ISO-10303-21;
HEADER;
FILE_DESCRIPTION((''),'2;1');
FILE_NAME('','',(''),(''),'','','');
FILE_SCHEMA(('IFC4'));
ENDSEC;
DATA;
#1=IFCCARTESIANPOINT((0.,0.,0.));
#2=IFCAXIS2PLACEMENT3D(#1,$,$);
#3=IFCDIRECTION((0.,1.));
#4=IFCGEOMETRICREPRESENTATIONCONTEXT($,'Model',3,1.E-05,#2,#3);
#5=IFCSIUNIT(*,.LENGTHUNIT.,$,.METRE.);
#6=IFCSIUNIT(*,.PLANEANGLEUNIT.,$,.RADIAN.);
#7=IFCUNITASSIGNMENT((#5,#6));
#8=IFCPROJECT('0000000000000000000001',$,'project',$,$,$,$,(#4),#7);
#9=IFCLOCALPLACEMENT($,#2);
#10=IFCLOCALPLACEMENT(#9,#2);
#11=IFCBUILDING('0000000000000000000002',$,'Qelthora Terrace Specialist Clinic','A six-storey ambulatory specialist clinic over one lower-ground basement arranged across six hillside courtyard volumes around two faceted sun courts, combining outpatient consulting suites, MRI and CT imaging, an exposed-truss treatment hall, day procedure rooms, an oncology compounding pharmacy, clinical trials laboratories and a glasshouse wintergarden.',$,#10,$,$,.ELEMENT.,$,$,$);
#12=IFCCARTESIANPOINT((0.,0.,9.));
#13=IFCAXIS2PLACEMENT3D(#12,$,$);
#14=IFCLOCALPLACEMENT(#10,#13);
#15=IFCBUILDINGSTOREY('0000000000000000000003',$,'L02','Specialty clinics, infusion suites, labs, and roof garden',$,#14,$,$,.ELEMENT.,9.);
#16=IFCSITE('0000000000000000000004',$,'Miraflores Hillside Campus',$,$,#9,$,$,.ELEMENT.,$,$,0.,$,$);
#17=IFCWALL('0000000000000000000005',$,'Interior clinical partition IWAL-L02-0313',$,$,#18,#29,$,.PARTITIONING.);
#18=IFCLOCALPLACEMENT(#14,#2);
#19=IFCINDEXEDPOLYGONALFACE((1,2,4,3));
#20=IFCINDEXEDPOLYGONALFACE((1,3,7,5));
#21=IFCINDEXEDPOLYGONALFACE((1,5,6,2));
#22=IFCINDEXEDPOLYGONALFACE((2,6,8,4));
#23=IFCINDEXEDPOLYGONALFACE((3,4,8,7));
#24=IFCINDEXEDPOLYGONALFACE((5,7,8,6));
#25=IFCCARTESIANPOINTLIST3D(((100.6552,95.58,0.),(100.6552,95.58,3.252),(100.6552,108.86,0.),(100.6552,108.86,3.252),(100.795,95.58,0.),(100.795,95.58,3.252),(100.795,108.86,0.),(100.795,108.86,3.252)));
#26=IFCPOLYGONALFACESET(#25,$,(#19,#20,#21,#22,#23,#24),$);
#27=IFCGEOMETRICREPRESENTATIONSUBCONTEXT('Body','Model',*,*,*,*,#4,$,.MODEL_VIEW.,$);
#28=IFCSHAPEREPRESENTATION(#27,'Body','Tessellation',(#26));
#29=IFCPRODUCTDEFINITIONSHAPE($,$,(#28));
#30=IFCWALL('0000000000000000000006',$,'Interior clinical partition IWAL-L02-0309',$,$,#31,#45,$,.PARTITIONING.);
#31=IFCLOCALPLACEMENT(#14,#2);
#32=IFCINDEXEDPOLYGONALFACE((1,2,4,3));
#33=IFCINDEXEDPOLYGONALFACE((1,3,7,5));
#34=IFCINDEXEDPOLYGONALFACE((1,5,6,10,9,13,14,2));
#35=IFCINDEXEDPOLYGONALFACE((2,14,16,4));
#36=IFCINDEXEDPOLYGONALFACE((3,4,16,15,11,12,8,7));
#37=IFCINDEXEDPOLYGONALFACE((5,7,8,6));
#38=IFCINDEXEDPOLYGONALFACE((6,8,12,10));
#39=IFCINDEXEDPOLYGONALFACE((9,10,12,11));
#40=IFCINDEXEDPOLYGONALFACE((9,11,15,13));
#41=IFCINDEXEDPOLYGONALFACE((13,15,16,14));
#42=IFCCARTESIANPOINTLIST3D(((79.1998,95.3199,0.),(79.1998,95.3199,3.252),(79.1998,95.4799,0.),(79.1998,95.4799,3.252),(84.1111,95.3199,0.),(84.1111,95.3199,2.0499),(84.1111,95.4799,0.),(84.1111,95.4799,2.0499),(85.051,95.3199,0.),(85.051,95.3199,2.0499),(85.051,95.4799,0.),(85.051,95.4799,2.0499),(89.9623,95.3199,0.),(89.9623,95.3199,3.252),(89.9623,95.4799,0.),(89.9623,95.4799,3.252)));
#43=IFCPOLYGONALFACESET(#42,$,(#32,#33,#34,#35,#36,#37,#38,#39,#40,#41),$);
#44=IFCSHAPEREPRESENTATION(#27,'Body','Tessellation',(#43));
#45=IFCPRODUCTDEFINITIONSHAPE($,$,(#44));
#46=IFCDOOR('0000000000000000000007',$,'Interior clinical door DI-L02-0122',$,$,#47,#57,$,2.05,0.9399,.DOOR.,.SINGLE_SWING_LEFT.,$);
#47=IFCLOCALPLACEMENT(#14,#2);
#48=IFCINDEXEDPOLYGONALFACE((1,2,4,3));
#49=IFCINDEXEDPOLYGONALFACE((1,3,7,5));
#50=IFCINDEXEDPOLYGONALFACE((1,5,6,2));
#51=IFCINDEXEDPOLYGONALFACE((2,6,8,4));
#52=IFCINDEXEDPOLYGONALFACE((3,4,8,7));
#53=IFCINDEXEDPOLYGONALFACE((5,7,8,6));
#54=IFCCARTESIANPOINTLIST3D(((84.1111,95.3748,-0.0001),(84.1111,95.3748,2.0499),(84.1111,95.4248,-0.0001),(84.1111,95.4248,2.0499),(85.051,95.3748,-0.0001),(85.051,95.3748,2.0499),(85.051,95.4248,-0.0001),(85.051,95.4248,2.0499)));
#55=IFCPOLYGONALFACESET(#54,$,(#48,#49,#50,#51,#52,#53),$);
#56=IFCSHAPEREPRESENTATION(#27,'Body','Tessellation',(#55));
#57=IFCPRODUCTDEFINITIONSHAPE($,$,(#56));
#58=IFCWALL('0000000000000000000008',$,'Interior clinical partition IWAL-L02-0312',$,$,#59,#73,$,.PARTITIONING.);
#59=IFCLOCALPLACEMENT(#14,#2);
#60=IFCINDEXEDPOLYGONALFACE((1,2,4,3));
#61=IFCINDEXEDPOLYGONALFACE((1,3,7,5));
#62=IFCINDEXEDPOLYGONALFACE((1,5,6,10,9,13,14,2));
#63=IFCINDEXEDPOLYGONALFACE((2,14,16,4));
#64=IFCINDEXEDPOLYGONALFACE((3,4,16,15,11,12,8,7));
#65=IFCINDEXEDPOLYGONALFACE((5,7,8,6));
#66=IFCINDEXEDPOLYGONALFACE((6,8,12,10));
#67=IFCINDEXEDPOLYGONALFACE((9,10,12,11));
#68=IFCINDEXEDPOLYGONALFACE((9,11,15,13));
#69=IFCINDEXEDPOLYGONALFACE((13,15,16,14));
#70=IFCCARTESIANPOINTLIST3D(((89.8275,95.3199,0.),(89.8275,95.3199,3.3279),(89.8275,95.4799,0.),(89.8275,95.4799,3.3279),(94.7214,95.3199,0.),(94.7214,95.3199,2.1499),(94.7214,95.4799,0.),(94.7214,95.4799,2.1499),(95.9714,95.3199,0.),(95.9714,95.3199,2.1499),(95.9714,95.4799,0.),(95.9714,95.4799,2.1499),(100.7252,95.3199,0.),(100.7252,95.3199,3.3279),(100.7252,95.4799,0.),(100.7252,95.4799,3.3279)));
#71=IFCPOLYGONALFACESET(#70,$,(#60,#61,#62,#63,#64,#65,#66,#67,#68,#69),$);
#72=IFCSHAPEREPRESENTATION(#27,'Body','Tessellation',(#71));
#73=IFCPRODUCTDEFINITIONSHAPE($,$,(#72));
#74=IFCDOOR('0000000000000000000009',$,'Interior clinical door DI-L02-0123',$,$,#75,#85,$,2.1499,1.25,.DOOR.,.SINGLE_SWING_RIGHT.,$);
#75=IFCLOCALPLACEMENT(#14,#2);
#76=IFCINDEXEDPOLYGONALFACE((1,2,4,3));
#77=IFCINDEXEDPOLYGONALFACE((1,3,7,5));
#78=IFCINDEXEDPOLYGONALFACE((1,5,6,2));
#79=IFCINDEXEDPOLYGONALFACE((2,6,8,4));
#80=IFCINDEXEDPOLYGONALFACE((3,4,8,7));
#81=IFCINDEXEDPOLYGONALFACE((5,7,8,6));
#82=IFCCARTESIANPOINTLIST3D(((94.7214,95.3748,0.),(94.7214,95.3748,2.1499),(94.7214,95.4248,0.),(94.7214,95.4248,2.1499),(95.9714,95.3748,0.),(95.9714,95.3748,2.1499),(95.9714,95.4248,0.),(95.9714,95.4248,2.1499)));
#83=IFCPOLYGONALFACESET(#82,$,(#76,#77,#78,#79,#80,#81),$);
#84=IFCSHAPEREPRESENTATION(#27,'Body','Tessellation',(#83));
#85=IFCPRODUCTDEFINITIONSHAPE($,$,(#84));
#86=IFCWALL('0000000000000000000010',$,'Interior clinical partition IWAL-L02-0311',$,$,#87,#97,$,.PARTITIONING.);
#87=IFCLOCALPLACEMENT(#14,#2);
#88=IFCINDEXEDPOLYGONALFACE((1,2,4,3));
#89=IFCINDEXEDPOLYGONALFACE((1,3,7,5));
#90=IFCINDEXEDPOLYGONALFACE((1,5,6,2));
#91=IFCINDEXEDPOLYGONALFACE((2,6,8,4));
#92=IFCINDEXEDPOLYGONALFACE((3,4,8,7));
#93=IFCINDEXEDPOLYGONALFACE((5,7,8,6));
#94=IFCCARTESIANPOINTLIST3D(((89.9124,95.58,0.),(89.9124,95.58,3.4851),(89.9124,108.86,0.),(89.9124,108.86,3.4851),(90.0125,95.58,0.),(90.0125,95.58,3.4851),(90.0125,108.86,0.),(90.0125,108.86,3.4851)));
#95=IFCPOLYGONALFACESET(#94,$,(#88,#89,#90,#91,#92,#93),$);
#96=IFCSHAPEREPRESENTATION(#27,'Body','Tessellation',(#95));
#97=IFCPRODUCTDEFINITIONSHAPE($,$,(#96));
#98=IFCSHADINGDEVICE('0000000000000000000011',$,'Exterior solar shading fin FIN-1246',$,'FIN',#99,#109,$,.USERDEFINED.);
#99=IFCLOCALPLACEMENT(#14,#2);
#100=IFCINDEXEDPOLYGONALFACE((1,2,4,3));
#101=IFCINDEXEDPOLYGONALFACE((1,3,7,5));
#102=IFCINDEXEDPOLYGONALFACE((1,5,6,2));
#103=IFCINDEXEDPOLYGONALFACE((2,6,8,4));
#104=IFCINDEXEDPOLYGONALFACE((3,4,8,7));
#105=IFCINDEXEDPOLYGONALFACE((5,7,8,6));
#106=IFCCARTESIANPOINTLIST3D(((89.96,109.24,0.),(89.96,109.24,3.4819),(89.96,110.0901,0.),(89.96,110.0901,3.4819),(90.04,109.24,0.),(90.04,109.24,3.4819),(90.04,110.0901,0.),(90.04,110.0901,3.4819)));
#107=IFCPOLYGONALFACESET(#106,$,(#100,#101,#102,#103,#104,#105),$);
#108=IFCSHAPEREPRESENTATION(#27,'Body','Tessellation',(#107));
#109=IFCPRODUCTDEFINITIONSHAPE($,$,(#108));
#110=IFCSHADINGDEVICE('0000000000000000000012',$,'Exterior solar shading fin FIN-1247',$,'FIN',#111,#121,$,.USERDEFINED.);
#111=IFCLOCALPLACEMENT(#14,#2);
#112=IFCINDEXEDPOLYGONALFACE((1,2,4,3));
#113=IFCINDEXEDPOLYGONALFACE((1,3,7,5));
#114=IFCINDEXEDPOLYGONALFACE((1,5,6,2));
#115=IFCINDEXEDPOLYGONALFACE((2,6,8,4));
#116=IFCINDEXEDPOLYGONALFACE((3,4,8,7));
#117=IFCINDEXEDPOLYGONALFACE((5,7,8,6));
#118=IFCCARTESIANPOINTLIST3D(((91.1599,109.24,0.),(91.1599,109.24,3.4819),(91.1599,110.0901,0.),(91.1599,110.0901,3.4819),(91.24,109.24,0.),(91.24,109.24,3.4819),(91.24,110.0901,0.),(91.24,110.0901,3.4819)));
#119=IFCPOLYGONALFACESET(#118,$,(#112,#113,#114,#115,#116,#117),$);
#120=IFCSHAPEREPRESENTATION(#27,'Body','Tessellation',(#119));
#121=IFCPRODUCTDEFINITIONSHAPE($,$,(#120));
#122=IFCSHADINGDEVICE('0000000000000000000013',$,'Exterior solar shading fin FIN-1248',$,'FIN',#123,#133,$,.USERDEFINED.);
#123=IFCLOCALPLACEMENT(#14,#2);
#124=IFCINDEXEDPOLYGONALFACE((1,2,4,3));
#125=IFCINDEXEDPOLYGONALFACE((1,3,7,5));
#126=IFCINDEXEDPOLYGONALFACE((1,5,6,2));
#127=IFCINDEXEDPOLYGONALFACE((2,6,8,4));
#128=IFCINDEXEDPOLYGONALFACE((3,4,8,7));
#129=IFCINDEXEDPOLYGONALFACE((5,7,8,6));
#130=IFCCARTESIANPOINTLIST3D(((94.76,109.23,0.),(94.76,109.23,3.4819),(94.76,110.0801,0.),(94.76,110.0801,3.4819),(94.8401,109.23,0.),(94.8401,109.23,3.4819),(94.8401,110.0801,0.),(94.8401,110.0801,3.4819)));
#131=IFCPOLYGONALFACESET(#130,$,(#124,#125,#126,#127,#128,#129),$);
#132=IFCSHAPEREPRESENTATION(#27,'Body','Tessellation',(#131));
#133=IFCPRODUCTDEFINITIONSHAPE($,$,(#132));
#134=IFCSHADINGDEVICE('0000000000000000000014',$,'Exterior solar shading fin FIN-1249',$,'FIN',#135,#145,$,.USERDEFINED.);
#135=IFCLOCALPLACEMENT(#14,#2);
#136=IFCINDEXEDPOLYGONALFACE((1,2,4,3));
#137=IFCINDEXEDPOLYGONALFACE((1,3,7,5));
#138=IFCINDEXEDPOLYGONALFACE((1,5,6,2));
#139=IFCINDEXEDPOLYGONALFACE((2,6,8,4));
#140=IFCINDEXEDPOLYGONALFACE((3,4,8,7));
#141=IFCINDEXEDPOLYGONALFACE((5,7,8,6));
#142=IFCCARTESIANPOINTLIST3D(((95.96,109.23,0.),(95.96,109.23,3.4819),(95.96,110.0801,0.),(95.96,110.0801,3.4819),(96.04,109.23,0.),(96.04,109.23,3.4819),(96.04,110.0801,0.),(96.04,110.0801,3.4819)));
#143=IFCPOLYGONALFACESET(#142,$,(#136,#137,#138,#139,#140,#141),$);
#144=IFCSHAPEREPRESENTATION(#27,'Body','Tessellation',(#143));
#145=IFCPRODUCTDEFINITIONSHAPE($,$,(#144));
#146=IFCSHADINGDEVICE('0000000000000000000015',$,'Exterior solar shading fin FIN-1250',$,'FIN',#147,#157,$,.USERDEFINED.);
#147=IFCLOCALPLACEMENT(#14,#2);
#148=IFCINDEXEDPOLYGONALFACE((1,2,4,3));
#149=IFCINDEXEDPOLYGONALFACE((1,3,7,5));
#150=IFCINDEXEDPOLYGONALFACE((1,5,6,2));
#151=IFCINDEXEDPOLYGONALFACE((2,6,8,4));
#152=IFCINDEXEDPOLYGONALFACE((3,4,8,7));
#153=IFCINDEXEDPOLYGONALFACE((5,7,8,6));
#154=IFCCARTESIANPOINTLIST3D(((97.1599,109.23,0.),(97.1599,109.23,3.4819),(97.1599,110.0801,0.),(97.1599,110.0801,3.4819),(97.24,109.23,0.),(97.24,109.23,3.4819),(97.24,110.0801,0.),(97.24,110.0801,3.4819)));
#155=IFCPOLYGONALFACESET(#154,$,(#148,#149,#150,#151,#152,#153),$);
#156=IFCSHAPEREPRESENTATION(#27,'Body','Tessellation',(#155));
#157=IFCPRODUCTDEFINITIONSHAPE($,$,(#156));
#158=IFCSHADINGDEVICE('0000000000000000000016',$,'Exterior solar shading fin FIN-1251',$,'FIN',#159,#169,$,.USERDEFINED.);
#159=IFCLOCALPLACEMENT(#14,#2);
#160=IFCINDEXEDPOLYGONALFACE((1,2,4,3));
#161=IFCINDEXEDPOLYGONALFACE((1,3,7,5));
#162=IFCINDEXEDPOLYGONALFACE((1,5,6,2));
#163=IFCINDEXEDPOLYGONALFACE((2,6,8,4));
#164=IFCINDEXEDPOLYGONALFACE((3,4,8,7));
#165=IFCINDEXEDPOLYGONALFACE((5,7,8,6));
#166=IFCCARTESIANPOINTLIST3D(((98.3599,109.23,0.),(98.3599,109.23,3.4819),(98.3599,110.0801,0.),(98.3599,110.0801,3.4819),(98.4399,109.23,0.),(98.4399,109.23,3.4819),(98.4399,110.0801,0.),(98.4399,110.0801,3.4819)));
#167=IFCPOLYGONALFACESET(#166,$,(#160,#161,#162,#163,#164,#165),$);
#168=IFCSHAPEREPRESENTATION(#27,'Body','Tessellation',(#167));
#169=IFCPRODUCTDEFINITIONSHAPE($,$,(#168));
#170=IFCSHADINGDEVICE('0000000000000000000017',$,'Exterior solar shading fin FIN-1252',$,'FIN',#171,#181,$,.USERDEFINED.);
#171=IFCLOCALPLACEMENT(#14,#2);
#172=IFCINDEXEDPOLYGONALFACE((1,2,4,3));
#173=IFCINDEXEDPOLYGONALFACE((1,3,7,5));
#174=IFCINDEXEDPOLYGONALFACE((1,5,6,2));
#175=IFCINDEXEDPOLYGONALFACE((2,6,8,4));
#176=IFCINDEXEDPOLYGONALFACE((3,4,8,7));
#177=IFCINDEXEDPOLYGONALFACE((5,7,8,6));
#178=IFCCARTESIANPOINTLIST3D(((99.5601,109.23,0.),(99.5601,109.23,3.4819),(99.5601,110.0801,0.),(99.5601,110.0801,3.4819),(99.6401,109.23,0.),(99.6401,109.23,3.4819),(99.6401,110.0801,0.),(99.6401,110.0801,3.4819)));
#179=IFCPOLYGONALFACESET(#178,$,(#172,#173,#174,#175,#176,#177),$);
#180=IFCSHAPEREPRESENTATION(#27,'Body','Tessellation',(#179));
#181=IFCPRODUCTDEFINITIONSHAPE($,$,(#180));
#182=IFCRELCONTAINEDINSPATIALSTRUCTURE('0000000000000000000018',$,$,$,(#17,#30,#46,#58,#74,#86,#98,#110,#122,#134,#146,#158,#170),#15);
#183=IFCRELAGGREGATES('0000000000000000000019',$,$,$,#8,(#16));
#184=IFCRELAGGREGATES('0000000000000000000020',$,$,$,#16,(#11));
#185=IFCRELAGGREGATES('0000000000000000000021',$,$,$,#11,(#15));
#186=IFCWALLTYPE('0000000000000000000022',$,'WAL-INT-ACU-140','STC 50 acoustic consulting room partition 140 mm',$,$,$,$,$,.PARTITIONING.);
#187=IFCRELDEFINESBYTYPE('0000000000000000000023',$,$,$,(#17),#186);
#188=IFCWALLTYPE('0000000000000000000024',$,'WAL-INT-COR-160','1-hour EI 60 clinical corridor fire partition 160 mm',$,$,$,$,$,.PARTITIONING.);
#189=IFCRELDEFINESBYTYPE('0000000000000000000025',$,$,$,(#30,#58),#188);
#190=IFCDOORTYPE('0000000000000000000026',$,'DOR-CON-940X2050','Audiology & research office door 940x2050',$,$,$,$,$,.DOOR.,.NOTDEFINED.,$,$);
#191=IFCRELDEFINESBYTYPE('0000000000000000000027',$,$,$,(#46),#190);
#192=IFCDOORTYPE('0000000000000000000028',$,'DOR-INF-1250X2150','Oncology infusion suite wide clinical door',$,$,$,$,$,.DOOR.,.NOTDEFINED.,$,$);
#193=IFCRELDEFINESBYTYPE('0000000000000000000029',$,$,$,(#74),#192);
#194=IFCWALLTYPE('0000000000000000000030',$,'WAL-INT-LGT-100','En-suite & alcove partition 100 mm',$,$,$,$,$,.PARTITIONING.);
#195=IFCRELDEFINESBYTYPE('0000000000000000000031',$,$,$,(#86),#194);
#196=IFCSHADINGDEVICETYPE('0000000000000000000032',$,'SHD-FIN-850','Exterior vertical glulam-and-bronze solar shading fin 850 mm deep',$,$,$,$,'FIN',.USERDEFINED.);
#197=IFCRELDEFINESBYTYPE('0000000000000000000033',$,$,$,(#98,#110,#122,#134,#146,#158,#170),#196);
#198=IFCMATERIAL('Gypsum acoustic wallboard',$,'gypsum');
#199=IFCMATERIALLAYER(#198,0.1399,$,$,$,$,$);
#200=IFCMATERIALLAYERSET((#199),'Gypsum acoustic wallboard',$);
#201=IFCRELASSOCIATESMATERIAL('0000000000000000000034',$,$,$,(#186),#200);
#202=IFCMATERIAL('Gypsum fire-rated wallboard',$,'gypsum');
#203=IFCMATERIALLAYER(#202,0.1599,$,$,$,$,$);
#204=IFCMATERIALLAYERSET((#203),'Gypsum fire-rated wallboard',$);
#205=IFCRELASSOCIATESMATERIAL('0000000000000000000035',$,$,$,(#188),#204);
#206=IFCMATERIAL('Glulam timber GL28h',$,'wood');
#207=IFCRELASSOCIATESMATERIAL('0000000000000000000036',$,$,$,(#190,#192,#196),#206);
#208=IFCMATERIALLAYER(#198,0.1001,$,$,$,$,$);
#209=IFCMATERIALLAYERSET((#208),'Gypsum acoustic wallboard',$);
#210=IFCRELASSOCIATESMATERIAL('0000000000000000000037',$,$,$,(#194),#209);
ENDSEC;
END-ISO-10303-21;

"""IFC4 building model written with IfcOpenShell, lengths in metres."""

from ifc_helpers import new_model, si_unit, direction, frame, frame_2d, origin, origin_2d, place, context, subcontext, project, spatial, rectangle, extrude, material, layer, layer_set, type_object, element, fill, save


model = new_model("IFC4")

# Units and contexts
model_context = context("Model", 3, precision=1e-05, world=origin(), true_north=direction((0.0, 1.0)))
body_context = subcontext(model_context, "Body", "Model", "MODEL_VIEW")
ifc_project = project(units=[si_unit("LENGTHUNIT", "METRE"), si_unit("PLANEANGLEUNIT", "RADIAN")], contexts=[model_context])

# Site, building, storey
site_placement = place(None, origin())
site = spatial("IfcSite", under=ifc_project, at=site_placement, Name="Miraflores Hillside Campus", CompositionType="ELEMENT", RefElevation=0.0)
building_placement = place(site_placement, origin())
building = spatial("IfcBuilding", under=site, at=building_placement, Name="Qelthora Terrace Specialist Clinic", Description="A six-storey ambulatory specialist clinic over one lower-ground basement arranged across six hillside courtyard volumes around two faceted sun courts, combining outpatient consulting suites, MRI and CT imaging, an exposed-truss treatment hall, day procedure rooms, an oncology compounding pharmacy, clinical trials laboratories and a glasshouse wintergarden.", CompositionType="ELEMENT")
storey_placement = place(building_placement, frame((0.0, 0.0, 9.0)))
storey = spatial("IfcBuildingStorey", under=building, at=storey_placement, Name="L02", Description="Specialty clinics, infusion suites, labs, and roof garden", CompositionType="ELEMENT", Elevation=9.0)

# Wall
ifc_material_1 = material(Name="Gypsum acoustic wallboard", Category="gypsum")
ifc_layer_1 = layer(ifc_material_1, 0.1399)
ifc_layer_set_1 = layer_set([ifc_layer_1], Name="Gypsum acoustic wallboard")
wall_type_1 = type_object("IfcWallType", Name="WAL-INT-ACU-140", Description="STC 50 acoustic consulting room partition 140 mm", PredefinedType="PARTITIONING", material=ifc_layer_set_1)
wall_1_placement = place(storey_placement, frame((100.7251, 108.8601, 0.0), z_axis=(0.0, 0.0, 1.0), x_axis=(0.0, -1.0, 0.0)))
element("IfcWall", 1, at=wall_1_placement, inside=storey, type_object=wall_type_1, Name="Interior clinical partition IWAL-L02-0313", PredefinedType="PARTITIONING", context=body_context, shape_type="SweptSolid", body=[
    extrude(rectangle(XDim=13.28, YDim=0.1399, at=frame_2d((6.6401, 0.0))), origin(), (0.0, 0.0, 1.0), 3.252),
])

# Walls, openings, doors
ifc_material_2 = material(Name="Gypsum fire-rated wallboard", Category="gypsum")
ifc_layer_2 = layer(ifc_material_2, 0.1599)
ifc_layer_set_2 = layer_set([ifc_layer_2], Name="Gypsum fire-rated wallboard")
wall_type_2 = type_object("IfcWallType", Name="WAL-INT-COR-160", Description="1-hour EI 60 clinical corridor fire partition 160 mm", PredefinedType="PARTITIONING", material=ifc_layer_set_2)
wall_2_placement = place(storey_placement, frame((89.9624, 95.3999, 0.0), z_axis=(0.0, 0.0, 1.0), x_axis=(-1.0, 0.0, 0.0)))
wall_2 = element("IfcWall", 2, at=wall_2_placement, inside=storey, type_object=wall_type_2, Name="Interior clinical partition IWAL-L02-0309", PredefinedType="PARTITIONING", context=body_context, shape_type="SweptSolid", body=[
    extrude(rectangle(XDim=10.7625, YDim=0.1599, at=frame_2d((5.3813, 0.0))), origin(), (0.0, 0.0, 1.0), 3.252),
])
opening_1_placement = place(wall_2_placement, frame((4.9114, 0.0, 0.0)))
opening_1 = element("IfcOpeningElement", 3, at=opening_1_placement, cuts=wall_2, PredefinedType="OPENING", context=body_context, shape_type="SweptSolid", body=[
    extrude(rectangle(XDim=0.9399, YDim=2.05, at=frame_2d((0.47, 1.0249))), frame((0.0, 0.0898, 0.0), z_axis=(0.0, -1.0, 0.0), x_axis=(1.0, 0.0, 0.0)), (0.0, 0.0, 1.0), 0.1799),
])
ifc_material_3 = material(Name="Glulam timber GL28h", Category="wood")
door_type_1 = type_object("IfcDoorType", Name="DOR-CON-940X2050", Description="Audiology & research office door 940x2050", OperationType="NOTDEFINED", PredefinedType="DOOR", material=ifc_material_3)
door_1_placement = place(opening_1_placement, frame((0.9399, 0.0, 0.0), z_axis=(0.0, 0.0, 1.0), x_axis=(-1.0, 0.0, 0.0)))
door_1 = element("IfcDoor", 4, at=door_1_placement, inside=storey, type_object=door_type_1, Name="Interior clinical door DI-L02-0122", OperationType="SINGLE_SWING_LEFT", OverallHeight=2.05, OverallWidth=0.9399, PredefinedType="DOOR", context=body_context, shape_type="SweptSolid", body=[
    extrude(rectangle(XDim=0.9399, YDim=2.05, at=frame_2d((0.47, 1.0249))), frame((0.0, 0.0249, 0.0), z_axis=(0.0, -1.0, 0.0), x_axis=(1.0, 0.0, 0.0)), (0.0, 0.0, 1.0), 0.05),
])
fill(opening_1, door_1)
wall_3_placement = place(storey_placement, frame((100.7251, 95.3999, 0.0), z_axis=(0.0, 0.0, 1.0), x_axis=(-1.0, 0.0, 0.0)))
wall_3 = element("IfcWall", 5, at=wall_3_placement, inside=storey, type_object=wall_type_2, Name="Interior clinical partition IWAL-L02-0312", PredefinedType="PARTITIONING", context=body_context, shape_type="SweptSolid", body=[
    extrude(rectangle(XDim=10.8977, YDim=0.1599, at=frame_2d((5.4487, 0.0))), origin(), (0.0, 0.0, 1.0), 3.3279),
])
opening_2_placement = place(wall_3_placement, frame((4.7537, 0.0, 0.0)))
opening_2 = element("IfcOpeningElement", 6, at=opening_2_placement, cuts=wall_3, PredefinedType="OPENING", context=body_context, shape_type="SweptSolid", body=[
    extrude(rectangle(XDim=1.25, YDim=2.1499, at=frame_2d((0.625, 1.075))), frame((0.0, 0.0898, 0.0), z_axis=(0.0, -1.0, 0.0), x_axis=(1.0, 0.0, 0.0)), (0.0, 0.0, 1.0), 0.1799),
])
door_type_2 = type_object("IfcDoorType", Name="DOR-INF-1250X2150", Description="Oncology infusion suite wide clinical door", OperationType="NOTDEFINED", PredefinedType="DOOR", material=ifc_material_3)
door_2_placement = place(opening_2_placement, frame((1.25, 0.0, 0.0), z_axis=(0.0, 0.0, 1.0), x_axis=(-1.0, 0.0, 0.0)))
door_2 = element("IfcDoor", 7, at=door_2_placement, inside=storey, type_object=door_type_2, Name="Interior clinical door DI-L02-0123", OperationType="SINGLE_SWING_RIGHT", OverallHeight=2.1499, OverallWidth=1.25, PredefinedType="DOOR", context=body_context, shape_type="SweptSolid", body=[
    extrude(rectangle(XDim=1.25, YDim=2.1499, at=frame_2d((0.625, 1.075))), frame((0.0, 0.0249, 0.0), z_axis=(0.0, -1.0, 0.0), x_axis=(1.0, 0.0, 0.0)), (0.0, 0.0, 1.0), 0.05),
])
fill(opening_2, door_2)

# Wall
ifc_layer_3 = layer(ifc_material_1, 0.1001)
ifc_layer_set_3 = layer_set([ifc_layer_3], Name="Gypsum acoustic wallboard")
wall_type_3 = type_object("IfcWallType", Name="WAL-INT-LGT-100", Description="En-suite & alcove partition 100 mm", PredefinedType="PARTITIONING", material=ifc_layer_set_3)
wall_4_placement = place(storey_placement, frame((89.9624, 108.8601, 0.0), z_axis=(0.0, 0.0, 1.0), x_axis=(0.0, -1.0, 0.0)))
element("IfcWall", 8, at=wall_4_placement, inside=storey, type_object=wall_type_3, Name="Interior clinical partition IWAL-L02-0311", PredefinedType="PARTITIONING", context=body_context, shape_type="SweptSolid", body=[
    extrude(rectangle(XDim=13.28, YDim=0.1001, at=frame_2d((6.6401, 0.0))), origin(), (0.0, 0.0, 1.0), 3.4851),
])

# Shading devices
shading_device_type = type_object("IfcShadingDeviceType", Name="SHD-FIN-850", Description="Exterior vertical glulam-and-bronze solar shading fin 850 mm deep", ElementType="FIN", PredefinedType="USERDEFINED", material=ifc_material_3)
for number, where, z_axis, x_axis, name in (
    (9, (90.0, 109.665, 0.0), (0.0, 0.0, 1.0), (0.0, 1.0, 0.0), "Exterior solar shading fin FIN-1246"),
    (10, (91.2, 109.665, 0.0), (0.0, 0.0, 1.0), (0.0, 1.0, 0.0), "Exterior solar shading fin FIN-1247"),
    (11, (94.8, 109.655, 0.0), (0.0, 0.0, 1.0), (0.0, 1.0, 0.0), "Exterior solar shading fin FIN-1248"),
    (12, (96.0, 109.655, 0.0), (0.0, 0.0, 1.0), (0.0, 1.0, 0.0), "Exterior solar shading fin FIN-1249"),
    (13, (97.2, 109.655, 0.0), (0.0, 0.0, 1.0), (0.0, 1.0, 0.0), "Exterior solar shading fin FIN-1250"),
    (14, (98.3999, 109.655, 0.0), (0.0, 0.0, 1.0), (0.0, 1.0, 0.0), "Exterior solar shading fin FIN-1251"),
    (15, (99.6001, 109.655, 0.0), (0.0, 0.0, 1.0), (0.0, 1.0, 0.0), "Exterior solar shading fin FIN-1252"),
):
    element("IfcShadingDevice", number, at=place(storey_placement, frame(where, z_axis=z_axis, x_axis=x_axis)), inside=storey, type_object=shading_device_type, Name=name, ObjectType="FIN", PredefinedType="USERDEFINED", context=body_context, shape_type="SweptSolid", body=[
        extrude(rectangle(XDim=0.8501, YDim=0.0801, at=origin_2d()), origin(), (0.0, 0.0, 1.0), 3.4819),
    ])

save(model, "model.ifc")
